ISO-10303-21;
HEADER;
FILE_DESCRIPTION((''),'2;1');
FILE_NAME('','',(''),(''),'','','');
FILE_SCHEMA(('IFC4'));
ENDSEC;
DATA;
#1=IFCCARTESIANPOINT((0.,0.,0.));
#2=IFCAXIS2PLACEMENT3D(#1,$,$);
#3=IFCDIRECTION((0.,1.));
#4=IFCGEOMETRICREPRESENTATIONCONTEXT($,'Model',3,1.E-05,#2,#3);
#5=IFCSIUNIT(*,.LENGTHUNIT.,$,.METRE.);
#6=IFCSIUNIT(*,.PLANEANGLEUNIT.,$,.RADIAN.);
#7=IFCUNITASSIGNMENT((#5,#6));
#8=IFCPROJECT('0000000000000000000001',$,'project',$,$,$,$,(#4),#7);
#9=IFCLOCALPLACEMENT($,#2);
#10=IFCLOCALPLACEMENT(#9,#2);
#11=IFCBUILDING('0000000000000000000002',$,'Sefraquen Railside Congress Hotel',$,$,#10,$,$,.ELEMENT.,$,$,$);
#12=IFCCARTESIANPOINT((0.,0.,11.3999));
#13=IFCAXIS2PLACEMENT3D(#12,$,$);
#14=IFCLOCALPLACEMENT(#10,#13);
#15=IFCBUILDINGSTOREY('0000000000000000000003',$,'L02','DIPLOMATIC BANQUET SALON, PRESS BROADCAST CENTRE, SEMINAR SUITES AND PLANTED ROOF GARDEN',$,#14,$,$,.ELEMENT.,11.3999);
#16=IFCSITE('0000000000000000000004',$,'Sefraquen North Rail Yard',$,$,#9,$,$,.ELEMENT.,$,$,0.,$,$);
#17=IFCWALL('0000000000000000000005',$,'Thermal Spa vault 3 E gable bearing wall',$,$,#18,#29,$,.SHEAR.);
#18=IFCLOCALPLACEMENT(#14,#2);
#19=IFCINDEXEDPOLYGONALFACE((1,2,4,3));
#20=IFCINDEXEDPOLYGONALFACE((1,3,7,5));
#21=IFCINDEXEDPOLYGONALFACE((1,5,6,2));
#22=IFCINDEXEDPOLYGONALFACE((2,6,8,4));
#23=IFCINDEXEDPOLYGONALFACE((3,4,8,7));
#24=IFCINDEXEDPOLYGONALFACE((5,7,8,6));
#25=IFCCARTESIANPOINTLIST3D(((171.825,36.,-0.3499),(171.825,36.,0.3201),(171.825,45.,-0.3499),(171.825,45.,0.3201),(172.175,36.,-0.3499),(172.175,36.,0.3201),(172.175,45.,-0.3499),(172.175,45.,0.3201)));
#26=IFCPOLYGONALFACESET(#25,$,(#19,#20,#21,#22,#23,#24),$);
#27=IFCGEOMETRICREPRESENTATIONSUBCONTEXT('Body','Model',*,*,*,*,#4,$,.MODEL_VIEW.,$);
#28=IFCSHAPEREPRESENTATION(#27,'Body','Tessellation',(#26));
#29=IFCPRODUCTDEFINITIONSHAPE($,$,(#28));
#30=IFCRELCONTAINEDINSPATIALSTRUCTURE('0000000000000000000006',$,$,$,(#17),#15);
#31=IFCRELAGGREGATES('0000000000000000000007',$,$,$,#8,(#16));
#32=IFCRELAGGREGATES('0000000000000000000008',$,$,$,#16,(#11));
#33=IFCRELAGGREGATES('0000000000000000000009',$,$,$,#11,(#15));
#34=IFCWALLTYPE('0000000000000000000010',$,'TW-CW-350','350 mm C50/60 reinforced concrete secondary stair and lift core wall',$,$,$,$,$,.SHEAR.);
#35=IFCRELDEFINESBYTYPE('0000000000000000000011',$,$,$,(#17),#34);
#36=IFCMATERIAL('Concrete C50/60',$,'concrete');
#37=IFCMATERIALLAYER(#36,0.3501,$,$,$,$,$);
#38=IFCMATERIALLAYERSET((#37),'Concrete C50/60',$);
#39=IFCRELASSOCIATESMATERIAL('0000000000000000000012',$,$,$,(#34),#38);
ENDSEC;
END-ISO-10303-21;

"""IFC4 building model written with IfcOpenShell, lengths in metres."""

from ifc_helpers import new_model, si_unit, direction, frame, frame_2d, origin, place, context, subcontext, project, spatial, rectangle, extrude, material, layer, layer_set, type_object, element, save


model = new_model("IFC4")

# Units and contexts
model_context = context("Model", 3, precision=1e-05, world=origin(), true_north=direction((0.0, 1.0)))
body_context = subcontext(model_context, "Body", "Model", "MODEL_VIEW")
ifc_project = project(units=[si_unit("LENGTHUNIT", "METRE"), si_unit("PLANEANGLEUNIT", "RADIAN")], contexts=[model_context])

# Site, building, storey
site_placement = place(None, origin())
site = spatial("IfcSite", under=ifc_project, at=site_placement, Name="Sefraquen North Rail Yard", CompositionType="ELEMENT", RefElevation=0.0)
building_placement = place(site_placement, origin())
building = spatial("IfcBuilding", under=site, at=building_placement, Name="Sefraquen Railside Congress Hotel", CompositionType="ELEMENT")
storey_placement = place(building_placement, frame((0.0, 0.0, 11.3999)))
storey = spatial("IfcBuildingStorey", under=building, at=storey_placement, Name="L02", Description="DIPLOMATIC BANQUET SALON, PRESS BROADCAST CENTRE, SEMINAR SUITES AND PLANTED ROOF GARDEN", CompositionType="ELEMENT", Elevation=11.3999)

# Wall
ifc_material_1 = material(Name="Concrete C50/60", Category="concrete")
ifc_layer_1 = layer(ifc_material_1, 0.3501)
ifc_layer_set_1 = layer_set([ifc_layer_1], Name="Concrete C50/60")
wall_type = type_object("IfcWallType", Name="TW-CW-350", Description="350 mm C50/60 reinforced concrete secondary stair and lift core wall", PredefinedType="SHEAR", material=ifc_layer_set_1)
wall_placement = place(storey_placement, frame((172.0, 36.0, -0.3499), z_axis=(0.0, 0.0, 1.0), x_axis=(0.0, 1.0, 0.0)))
element("IfcWall", 1, at=wall_placement, inside=storey, type_object=wall_type, Name="Thermal Spa vault 3 E gable bearing wall", PredefinedType="SHEAR", context=body_context, shape_type="SweptSolid", body=[
    extrude(rectangle(XDim=9.0, YDim=0.3501, at=frame_2d((4.5, 0.0))), origin(), (0.0, 0.0, 1.0), 0.6699),
])

save(model, "model.ifc")
